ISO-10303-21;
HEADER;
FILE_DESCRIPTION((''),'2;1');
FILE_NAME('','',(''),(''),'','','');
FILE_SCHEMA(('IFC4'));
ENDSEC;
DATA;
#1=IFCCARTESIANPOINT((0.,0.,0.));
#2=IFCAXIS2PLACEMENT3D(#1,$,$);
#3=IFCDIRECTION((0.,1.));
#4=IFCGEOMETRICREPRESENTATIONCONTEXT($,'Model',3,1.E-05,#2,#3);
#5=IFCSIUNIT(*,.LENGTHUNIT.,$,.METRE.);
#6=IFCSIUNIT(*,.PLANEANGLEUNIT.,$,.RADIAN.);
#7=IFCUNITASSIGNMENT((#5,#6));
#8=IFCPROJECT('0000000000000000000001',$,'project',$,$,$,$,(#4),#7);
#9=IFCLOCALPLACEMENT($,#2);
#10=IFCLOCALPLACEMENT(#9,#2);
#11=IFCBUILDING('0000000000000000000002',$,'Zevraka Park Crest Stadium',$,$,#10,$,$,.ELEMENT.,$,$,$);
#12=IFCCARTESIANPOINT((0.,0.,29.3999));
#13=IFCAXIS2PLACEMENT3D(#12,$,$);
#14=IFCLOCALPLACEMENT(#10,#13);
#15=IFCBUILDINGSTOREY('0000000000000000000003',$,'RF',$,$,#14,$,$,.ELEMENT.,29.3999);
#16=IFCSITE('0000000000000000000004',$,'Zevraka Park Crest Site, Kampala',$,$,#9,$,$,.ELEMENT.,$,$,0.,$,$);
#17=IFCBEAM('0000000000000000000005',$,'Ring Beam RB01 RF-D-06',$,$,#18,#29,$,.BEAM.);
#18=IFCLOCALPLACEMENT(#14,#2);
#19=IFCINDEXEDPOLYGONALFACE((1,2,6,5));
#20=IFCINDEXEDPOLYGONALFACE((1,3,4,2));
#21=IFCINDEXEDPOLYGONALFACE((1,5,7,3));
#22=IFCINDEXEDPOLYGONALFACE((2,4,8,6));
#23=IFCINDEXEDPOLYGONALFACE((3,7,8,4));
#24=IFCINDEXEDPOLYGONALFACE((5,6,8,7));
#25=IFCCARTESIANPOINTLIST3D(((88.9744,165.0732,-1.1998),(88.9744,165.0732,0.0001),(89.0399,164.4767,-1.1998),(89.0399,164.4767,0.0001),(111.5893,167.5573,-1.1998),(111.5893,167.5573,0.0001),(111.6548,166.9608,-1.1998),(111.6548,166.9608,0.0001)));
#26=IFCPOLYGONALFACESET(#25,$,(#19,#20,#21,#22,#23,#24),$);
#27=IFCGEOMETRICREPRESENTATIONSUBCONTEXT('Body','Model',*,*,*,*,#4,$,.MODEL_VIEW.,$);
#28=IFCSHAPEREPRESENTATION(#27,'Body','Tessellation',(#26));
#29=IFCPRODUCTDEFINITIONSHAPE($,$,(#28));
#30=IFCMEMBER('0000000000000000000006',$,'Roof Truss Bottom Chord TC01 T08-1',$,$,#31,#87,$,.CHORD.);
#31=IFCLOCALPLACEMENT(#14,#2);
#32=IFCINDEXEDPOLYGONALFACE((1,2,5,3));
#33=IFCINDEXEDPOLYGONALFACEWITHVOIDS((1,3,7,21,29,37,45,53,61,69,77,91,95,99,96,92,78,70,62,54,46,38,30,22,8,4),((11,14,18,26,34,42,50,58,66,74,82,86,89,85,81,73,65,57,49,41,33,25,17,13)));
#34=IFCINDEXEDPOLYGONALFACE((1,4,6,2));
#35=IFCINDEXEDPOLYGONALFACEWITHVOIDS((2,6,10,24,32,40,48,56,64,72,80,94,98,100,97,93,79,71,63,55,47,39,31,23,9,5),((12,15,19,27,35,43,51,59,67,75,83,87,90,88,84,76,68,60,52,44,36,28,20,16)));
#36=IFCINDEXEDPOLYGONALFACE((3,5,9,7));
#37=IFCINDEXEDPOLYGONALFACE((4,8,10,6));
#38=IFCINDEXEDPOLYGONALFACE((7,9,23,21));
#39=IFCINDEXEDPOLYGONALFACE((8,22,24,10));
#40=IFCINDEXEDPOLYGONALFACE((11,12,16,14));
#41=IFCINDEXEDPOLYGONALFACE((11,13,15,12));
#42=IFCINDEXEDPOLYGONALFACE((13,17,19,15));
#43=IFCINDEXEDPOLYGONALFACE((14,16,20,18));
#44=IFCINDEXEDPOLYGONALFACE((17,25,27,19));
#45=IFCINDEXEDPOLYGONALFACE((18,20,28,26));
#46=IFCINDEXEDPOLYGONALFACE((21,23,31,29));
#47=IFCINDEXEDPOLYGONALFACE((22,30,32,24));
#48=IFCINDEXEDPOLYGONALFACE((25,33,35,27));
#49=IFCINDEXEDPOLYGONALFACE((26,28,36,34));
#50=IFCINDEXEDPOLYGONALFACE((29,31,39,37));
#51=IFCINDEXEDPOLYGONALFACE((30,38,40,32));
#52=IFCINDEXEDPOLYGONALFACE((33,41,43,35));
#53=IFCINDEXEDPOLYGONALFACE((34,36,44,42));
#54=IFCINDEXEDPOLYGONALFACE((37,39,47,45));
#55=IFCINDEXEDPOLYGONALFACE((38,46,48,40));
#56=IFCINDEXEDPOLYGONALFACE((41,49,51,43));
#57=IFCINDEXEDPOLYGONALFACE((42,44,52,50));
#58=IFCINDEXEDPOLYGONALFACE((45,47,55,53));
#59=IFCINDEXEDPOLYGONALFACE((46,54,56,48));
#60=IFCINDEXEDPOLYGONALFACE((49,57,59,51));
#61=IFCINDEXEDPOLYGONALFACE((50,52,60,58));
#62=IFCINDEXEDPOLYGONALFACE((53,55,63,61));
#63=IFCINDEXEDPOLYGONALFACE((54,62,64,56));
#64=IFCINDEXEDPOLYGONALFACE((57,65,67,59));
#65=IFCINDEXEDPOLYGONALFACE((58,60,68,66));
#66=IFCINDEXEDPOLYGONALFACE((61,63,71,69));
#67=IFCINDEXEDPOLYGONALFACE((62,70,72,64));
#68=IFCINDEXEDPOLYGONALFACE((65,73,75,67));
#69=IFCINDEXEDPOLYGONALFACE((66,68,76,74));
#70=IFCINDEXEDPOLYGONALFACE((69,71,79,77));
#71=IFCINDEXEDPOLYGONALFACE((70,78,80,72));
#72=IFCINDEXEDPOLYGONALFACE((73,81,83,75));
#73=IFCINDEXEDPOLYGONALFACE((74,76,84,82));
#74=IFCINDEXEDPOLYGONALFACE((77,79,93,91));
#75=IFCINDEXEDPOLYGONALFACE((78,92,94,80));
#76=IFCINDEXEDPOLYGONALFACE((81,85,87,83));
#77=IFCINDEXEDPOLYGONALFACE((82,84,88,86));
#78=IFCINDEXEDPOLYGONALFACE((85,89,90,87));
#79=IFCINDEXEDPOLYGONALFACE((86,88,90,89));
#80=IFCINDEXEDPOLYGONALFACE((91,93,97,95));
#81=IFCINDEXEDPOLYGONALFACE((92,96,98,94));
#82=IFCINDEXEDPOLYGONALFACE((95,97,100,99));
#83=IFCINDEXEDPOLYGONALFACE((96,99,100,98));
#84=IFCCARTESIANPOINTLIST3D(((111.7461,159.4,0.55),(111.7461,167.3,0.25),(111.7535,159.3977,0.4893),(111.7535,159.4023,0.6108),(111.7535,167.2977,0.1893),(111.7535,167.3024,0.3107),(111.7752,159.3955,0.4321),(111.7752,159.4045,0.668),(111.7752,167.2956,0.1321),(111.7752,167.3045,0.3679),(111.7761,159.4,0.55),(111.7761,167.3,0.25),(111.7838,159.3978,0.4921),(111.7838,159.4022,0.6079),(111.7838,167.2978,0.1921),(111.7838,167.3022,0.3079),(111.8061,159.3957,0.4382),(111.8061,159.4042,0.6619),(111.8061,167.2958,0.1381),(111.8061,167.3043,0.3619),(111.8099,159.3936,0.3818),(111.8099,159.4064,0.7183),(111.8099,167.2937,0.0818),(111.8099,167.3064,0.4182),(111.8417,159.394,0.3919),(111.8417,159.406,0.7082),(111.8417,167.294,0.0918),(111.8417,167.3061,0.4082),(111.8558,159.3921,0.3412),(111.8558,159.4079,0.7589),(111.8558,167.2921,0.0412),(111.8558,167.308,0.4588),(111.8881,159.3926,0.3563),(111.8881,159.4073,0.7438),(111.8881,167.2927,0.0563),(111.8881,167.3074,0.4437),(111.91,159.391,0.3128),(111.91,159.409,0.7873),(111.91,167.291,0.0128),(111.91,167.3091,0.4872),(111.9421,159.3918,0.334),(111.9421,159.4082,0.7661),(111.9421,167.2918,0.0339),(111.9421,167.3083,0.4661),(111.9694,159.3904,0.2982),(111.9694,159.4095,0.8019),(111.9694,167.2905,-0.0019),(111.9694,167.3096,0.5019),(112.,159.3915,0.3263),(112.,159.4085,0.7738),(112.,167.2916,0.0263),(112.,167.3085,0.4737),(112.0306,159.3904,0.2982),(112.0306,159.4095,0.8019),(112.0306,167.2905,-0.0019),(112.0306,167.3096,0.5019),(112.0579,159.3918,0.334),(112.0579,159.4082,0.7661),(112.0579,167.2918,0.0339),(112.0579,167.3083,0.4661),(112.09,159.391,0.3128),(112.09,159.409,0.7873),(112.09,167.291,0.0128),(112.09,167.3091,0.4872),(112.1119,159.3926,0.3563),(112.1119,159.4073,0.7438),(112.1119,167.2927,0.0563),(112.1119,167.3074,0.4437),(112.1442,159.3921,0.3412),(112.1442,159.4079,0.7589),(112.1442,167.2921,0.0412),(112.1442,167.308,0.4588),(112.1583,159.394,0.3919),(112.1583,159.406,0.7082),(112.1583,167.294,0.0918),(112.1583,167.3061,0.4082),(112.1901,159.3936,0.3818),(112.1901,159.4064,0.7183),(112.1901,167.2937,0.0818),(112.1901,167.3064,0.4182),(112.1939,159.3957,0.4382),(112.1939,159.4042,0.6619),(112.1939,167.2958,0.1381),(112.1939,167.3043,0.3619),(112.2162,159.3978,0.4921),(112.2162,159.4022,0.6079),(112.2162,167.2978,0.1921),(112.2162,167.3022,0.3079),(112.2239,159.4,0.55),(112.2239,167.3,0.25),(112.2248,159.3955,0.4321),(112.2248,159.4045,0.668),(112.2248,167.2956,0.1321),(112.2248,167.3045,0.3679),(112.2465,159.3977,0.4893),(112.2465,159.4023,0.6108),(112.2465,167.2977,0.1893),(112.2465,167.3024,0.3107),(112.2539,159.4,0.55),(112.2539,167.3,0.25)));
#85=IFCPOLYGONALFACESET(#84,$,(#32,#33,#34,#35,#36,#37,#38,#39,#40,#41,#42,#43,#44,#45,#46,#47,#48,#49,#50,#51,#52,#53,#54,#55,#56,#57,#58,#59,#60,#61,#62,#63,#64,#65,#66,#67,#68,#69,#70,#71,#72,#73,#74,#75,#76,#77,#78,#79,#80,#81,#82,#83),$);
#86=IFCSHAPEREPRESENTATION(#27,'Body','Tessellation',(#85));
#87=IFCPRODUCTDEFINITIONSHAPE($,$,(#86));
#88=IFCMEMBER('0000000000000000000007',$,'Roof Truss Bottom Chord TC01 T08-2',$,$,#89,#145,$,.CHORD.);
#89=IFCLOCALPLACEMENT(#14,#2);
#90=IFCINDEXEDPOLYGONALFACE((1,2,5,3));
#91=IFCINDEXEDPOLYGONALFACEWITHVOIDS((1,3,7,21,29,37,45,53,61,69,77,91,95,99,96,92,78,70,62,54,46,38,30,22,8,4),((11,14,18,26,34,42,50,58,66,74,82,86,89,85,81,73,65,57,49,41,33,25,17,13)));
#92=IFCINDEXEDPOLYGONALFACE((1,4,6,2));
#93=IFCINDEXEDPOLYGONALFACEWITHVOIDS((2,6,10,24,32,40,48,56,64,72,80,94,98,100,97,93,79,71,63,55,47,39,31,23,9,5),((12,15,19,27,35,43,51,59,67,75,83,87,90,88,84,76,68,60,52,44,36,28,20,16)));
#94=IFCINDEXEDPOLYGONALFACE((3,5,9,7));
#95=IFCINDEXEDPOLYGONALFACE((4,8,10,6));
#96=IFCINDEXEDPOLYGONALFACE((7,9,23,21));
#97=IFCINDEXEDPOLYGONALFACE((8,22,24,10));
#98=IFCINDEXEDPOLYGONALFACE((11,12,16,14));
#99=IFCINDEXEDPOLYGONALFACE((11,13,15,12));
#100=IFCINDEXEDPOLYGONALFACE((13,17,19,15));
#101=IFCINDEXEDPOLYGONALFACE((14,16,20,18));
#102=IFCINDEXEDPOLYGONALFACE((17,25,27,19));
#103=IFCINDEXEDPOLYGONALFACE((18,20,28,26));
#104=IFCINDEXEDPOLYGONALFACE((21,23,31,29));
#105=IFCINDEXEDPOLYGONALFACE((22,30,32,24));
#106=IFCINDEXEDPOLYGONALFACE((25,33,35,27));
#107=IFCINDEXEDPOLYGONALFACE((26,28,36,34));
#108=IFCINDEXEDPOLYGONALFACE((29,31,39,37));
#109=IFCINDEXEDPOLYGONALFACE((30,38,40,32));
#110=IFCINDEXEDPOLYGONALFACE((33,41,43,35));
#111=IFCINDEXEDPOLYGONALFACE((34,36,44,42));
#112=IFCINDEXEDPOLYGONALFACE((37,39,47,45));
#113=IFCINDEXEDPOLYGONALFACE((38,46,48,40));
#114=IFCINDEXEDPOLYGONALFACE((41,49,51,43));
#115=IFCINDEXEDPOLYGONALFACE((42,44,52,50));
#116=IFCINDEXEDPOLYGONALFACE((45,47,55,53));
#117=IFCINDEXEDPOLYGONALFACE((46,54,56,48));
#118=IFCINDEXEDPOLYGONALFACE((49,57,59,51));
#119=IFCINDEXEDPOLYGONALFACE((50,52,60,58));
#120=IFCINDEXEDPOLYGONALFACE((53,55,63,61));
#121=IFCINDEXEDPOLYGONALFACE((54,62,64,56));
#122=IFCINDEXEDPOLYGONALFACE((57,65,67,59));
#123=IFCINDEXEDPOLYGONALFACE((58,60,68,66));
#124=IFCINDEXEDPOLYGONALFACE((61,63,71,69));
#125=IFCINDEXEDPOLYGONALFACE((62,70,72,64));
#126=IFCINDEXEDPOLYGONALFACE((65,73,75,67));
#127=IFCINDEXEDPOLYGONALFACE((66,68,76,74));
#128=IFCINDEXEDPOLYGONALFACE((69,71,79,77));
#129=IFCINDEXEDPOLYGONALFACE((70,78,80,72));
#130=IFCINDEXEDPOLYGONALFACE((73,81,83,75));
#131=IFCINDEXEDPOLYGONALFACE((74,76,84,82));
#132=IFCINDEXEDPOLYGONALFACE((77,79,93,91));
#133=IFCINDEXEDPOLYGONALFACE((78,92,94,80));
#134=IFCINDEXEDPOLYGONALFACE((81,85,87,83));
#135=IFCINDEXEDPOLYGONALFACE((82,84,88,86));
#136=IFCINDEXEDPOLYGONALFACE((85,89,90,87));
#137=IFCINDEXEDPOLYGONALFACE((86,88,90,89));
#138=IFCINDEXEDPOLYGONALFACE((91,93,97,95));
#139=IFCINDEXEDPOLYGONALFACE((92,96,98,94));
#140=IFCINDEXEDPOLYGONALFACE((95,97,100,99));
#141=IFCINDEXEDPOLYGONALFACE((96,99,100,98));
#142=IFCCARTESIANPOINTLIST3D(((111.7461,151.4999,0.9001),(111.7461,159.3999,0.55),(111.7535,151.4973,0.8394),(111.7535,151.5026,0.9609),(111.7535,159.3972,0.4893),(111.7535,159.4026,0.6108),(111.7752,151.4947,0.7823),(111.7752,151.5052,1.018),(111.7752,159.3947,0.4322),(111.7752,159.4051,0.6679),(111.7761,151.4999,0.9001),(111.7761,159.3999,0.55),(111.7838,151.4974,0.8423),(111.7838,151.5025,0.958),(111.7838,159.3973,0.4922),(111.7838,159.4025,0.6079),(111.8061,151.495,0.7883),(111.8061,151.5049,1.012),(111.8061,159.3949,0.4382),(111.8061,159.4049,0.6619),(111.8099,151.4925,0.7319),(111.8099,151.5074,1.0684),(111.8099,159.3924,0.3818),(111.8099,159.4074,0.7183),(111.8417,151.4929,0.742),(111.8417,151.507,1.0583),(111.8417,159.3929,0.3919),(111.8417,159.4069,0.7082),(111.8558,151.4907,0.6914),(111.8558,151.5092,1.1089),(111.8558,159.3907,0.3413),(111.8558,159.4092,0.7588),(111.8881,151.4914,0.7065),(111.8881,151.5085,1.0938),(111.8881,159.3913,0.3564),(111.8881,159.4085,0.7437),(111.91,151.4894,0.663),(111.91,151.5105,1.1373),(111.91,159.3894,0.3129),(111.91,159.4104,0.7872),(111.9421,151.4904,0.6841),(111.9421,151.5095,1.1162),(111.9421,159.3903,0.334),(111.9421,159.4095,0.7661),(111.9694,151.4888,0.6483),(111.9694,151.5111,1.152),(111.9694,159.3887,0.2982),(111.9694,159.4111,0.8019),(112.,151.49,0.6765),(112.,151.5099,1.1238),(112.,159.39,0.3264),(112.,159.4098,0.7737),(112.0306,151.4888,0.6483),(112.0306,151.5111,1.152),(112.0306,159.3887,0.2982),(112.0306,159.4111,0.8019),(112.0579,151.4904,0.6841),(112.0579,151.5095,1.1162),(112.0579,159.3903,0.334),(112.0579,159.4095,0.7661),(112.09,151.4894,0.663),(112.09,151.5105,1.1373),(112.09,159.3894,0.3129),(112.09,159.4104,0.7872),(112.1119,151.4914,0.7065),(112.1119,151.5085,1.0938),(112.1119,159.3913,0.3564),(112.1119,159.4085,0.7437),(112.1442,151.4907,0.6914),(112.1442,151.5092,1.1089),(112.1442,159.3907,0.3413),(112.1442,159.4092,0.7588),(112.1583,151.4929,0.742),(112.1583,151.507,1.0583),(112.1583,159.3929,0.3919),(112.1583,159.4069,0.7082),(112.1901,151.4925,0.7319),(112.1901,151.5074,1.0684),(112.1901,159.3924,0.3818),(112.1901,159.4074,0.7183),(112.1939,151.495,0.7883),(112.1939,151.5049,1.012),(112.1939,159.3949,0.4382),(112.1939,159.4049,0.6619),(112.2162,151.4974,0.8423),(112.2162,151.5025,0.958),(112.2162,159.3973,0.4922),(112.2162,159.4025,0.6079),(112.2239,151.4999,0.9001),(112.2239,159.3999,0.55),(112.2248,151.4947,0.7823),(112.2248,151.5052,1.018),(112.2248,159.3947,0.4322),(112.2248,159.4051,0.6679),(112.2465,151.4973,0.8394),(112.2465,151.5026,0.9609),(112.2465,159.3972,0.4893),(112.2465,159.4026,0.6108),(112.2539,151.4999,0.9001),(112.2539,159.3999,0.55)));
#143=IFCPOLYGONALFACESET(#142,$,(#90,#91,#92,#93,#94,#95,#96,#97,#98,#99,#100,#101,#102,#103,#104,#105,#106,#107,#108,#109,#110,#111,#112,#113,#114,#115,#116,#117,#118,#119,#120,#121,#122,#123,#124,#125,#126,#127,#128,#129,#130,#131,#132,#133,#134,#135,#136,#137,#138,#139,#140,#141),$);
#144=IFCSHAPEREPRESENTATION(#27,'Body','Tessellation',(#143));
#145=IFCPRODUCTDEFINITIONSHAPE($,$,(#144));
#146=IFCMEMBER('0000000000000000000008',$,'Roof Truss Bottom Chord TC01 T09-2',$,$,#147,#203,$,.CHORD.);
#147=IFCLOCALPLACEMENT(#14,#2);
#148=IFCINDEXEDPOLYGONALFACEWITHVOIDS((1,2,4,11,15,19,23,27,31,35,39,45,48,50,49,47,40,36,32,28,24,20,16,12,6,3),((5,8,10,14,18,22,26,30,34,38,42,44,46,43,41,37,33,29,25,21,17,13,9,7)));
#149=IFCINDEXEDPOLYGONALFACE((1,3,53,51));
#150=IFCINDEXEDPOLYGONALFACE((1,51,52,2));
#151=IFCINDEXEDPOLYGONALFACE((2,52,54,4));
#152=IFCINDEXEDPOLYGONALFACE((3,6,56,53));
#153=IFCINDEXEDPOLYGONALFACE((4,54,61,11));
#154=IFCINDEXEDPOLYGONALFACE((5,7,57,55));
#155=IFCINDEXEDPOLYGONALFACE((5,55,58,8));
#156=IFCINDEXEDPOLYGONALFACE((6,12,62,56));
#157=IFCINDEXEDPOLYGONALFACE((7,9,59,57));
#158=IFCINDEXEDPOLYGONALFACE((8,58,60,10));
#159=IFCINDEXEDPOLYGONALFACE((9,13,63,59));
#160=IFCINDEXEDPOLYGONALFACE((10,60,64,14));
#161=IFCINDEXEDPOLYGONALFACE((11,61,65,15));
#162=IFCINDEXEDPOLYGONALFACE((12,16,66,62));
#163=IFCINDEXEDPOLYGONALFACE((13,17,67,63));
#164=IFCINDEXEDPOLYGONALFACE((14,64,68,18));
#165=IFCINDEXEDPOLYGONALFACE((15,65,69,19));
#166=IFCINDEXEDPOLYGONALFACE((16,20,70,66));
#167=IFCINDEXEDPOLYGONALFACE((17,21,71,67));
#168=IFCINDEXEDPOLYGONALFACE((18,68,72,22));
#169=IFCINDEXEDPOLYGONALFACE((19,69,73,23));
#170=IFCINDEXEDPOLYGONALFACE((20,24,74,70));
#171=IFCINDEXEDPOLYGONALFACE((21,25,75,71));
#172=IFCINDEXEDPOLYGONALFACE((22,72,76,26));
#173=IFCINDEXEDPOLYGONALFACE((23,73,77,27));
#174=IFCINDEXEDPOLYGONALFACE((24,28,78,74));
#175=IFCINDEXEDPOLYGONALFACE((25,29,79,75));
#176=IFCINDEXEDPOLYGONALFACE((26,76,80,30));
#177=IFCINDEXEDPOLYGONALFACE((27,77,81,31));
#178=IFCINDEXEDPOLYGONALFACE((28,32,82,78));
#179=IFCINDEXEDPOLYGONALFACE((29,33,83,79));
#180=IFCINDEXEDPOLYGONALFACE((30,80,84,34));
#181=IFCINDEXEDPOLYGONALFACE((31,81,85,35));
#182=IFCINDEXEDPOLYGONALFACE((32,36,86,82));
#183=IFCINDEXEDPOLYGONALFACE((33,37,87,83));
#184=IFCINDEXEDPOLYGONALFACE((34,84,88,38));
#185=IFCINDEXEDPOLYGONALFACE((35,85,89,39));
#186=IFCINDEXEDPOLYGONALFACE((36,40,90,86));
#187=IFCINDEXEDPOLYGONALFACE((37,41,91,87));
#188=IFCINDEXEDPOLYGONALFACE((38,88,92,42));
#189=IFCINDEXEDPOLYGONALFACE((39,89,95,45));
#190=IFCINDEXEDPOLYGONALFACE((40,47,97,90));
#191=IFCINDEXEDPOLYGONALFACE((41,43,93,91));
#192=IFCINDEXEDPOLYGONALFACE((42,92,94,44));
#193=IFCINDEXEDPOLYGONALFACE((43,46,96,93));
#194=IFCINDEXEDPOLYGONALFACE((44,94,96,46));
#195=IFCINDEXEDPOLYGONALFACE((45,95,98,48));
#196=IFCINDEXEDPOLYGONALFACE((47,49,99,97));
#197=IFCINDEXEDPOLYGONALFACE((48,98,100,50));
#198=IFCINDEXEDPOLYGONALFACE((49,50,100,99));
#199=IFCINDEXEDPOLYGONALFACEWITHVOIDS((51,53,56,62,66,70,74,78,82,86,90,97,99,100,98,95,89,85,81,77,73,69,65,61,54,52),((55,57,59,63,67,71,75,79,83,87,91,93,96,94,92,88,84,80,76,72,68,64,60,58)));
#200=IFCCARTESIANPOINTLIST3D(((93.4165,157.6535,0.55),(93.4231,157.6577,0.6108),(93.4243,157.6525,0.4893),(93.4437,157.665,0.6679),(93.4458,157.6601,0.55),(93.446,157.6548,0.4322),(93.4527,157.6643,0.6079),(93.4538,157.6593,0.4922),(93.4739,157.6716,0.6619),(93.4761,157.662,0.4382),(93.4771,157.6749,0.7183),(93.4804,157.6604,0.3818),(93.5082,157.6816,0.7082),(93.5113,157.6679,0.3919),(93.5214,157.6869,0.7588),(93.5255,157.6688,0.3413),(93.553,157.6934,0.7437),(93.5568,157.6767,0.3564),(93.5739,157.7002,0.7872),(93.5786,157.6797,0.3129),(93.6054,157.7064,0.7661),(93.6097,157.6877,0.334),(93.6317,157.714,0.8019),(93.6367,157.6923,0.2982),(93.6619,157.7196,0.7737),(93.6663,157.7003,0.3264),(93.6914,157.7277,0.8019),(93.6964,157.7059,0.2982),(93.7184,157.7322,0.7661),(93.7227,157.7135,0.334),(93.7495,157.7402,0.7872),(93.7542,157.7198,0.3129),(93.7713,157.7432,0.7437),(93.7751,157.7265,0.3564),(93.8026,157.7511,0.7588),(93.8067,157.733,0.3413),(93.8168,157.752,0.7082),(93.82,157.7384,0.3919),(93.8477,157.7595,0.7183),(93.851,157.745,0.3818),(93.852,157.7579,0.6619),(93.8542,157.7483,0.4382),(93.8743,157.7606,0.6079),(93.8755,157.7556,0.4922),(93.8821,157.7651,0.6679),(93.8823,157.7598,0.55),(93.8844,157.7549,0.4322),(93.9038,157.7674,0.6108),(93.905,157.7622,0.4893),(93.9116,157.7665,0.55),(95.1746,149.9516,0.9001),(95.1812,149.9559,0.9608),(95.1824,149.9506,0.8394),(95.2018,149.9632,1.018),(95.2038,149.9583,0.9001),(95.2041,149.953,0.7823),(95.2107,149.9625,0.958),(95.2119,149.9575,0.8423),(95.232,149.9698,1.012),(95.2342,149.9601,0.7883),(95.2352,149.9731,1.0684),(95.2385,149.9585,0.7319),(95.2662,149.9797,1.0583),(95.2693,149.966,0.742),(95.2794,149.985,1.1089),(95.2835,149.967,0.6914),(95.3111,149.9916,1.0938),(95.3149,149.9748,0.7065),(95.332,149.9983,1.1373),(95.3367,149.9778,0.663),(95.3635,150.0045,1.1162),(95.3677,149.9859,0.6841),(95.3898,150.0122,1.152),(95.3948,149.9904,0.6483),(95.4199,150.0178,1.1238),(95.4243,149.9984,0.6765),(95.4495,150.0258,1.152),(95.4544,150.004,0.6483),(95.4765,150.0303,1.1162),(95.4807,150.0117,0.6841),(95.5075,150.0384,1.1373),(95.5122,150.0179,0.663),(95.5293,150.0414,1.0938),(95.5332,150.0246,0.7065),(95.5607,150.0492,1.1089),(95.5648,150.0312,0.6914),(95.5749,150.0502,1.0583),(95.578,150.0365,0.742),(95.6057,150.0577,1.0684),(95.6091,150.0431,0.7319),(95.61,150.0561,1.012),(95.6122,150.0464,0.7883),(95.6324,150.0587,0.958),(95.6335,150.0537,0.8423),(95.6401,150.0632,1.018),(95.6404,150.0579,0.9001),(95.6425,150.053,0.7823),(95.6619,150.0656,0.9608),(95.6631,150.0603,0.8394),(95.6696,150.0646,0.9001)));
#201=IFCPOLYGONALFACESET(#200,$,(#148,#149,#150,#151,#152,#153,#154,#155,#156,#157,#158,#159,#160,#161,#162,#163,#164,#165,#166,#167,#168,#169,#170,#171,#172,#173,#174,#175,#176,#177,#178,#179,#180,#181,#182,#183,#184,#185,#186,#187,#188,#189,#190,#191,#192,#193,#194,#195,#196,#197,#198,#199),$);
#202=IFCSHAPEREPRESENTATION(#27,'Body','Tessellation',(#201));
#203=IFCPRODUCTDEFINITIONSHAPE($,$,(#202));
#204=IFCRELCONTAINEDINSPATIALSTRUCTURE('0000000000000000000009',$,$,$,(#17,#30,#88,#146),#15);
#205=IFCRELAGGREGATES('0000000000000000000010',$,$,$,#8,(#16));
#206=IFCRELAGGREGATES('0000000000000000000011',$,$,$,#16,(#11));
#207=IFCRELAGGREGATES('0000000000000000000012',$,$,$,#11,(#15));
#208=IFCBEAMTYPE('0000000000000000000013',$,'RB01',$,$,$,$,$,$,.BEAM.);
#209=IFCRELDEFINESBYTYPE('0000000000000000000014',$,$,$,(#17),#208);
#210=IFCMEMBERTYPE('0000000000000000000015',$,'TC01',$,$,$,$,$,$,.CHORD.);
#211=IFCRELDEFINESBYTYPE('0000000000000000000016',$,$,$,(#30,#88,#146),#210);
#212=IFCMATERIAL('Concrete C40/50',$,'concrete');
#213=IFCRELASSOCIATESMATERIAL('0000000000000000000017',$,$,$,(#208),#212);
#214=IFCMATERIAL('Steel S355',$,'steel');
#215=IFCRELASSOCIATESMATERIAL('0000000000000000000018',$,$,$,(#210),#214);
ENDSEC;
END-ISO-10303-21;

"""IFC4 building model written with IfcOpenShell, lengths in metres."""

from ifc_helpers import new_model, si_unit, direction, frame, origin, origin_2d, place, context, subcontext, project, spatial, rectangle, hollow_circle, extrude, material, material_profile, profile_set, type_object, element, save


model = new_model("IFC4")

# Units and contexts
model_context = context("Model", 3, precision=1e-05, world=origin(), true_north=direction((0.0, 1.0)))
body_context = subcontext(model_context, "Body", "Model", "MODEL_VIEW")
ifc_project = project(units=[si_unit("LENGTHUNIT", "METRE"), si_unit("PLANEANGLEUNIT", "RADIAN")], contexts=[model_context])

# Site, building, storey
site_placement = place(None, origin())
site = spatial("IfcSite", under=ifc_project, at=site_placement, Name="Zevraka Park Crest Site, Kampala", CompositionType="ELEMENT", RefElevation=0.0)
building_placement = place(site_placement, origin())
building = spatial("IfcBuilding", under=site, at=building_placement, Name="Zevraka Park Crest Stadium", CompositionType="ELEMENT")
storey_placement = place(building_placement, frame((0.0, 0.0, 29.3999)))
storey = spatial("IfcBuildingStorey", under=building, at=storey_placement, Name="RF", CompositionType="ELEMENT", Elevation=29.3999)

# Beam
ifc_material_1 = material(Name="Concrete C40/50", Category="concrete")
ifc_material_profile_1 = material_profile(ifc_material_1, rectangle(XDim=0.6001, YDim=1.2, at=origin_2d()), Name="RC 1200x600")
ifc_profile_set_1 = profile_set([ifc_material_profile_1], Name="Concrete C40/50")
beam_type = type_object("IfcBeamType", Name="RB01", PredefinedType="BEAM", material=ifc_profile_set_1)
beam_placement = place(storey_placement, frame((111.6221, 167.259, -0.5999), z_axis=(-0.994021, -0.109188, 0.0), x_axis=(0.109188, -0.994021, 0.0)))
element("IfcBeam", 1, at=beam_placement, inside=storey, type_object=beam_type, Name="Ring Beam RB01 RF-D-06", PredefinedType="BEAM", context=body_context, shape_type="SweptSolid", body=[
    extrude(rectangle(XDim=0.6001, YDim=1.2, at=origin_2d()), origin(), (0.0, 0.0, 1.0), 22.751),
])

# Members
ifc_material_2 = material(Name="Steel S355", Category="steel")
ifc_material_profile_2 = material_profile(ifc_material_2, hollow_circle(Radius=0.2539, WallThickness=0.03, at=origin_2d()), Name="CHS 508.0x30")
ifc_profile_set_2 = profile_set([ifc_material_profile_2], Name="Steel S355")
member_type_1 = type_object("IfcMemberType", Name="TC01", PredefinedType="CHORD", material=ifc_profile_set_2)
member_1_placement = place(storey_placement, frame((112.0, 167.3, 0.25), z_axis=(0.0, -0.99928, 0.037953), x_axis=(1.0, 0.0, 0.0)))
element("IfcMember", 2, at=member_1_placement, inside=storey, type_object=member_type_1, Name="Roof Truss Bottom Chord TC01 T08-1", PredefinedType="CHORD", context=body_context, shape_type="SweptSolid", body=[
    extrude(hollow_circle(Radius=0.2539, WallThickness=0.03, at=origin_2d()), origin(), (0.0, 0.0, 1.0), 7.9058),
])
for number, where, z_axis, x_axis, name in (
    (3, (112.0, 159.3999, 0.55), (0.0, -0.999019, 0.044273), (1.0, 0.0, 0.0), "Roof Truss Bottom Chord TC01 T08-2"),
    (4, (93.6641, 157.71, 0.55), (0.22232, -0.973968, 0.044273), (0.974924, 0.222539, 0.0), "Roof Truss Bottom Chord TC01 T09-2"),
):
    element("IfcMember", number, at=place(storey_placement, frame(where, z_axis=z_axis, x_axis=x_axis)), inside=storey, type_object=member_type_1, Name=name, PredefinedType="CHORD", context=body_context, shape_type="SweptSolid", body=[
        extrude(hollow_circle(Radius=0.2539, WallThickness=0.03, at=origin_2d()), origin(), (0.0, 0.0, 1.0), 7.9077),
    ])

save(model, "model.ifc")
